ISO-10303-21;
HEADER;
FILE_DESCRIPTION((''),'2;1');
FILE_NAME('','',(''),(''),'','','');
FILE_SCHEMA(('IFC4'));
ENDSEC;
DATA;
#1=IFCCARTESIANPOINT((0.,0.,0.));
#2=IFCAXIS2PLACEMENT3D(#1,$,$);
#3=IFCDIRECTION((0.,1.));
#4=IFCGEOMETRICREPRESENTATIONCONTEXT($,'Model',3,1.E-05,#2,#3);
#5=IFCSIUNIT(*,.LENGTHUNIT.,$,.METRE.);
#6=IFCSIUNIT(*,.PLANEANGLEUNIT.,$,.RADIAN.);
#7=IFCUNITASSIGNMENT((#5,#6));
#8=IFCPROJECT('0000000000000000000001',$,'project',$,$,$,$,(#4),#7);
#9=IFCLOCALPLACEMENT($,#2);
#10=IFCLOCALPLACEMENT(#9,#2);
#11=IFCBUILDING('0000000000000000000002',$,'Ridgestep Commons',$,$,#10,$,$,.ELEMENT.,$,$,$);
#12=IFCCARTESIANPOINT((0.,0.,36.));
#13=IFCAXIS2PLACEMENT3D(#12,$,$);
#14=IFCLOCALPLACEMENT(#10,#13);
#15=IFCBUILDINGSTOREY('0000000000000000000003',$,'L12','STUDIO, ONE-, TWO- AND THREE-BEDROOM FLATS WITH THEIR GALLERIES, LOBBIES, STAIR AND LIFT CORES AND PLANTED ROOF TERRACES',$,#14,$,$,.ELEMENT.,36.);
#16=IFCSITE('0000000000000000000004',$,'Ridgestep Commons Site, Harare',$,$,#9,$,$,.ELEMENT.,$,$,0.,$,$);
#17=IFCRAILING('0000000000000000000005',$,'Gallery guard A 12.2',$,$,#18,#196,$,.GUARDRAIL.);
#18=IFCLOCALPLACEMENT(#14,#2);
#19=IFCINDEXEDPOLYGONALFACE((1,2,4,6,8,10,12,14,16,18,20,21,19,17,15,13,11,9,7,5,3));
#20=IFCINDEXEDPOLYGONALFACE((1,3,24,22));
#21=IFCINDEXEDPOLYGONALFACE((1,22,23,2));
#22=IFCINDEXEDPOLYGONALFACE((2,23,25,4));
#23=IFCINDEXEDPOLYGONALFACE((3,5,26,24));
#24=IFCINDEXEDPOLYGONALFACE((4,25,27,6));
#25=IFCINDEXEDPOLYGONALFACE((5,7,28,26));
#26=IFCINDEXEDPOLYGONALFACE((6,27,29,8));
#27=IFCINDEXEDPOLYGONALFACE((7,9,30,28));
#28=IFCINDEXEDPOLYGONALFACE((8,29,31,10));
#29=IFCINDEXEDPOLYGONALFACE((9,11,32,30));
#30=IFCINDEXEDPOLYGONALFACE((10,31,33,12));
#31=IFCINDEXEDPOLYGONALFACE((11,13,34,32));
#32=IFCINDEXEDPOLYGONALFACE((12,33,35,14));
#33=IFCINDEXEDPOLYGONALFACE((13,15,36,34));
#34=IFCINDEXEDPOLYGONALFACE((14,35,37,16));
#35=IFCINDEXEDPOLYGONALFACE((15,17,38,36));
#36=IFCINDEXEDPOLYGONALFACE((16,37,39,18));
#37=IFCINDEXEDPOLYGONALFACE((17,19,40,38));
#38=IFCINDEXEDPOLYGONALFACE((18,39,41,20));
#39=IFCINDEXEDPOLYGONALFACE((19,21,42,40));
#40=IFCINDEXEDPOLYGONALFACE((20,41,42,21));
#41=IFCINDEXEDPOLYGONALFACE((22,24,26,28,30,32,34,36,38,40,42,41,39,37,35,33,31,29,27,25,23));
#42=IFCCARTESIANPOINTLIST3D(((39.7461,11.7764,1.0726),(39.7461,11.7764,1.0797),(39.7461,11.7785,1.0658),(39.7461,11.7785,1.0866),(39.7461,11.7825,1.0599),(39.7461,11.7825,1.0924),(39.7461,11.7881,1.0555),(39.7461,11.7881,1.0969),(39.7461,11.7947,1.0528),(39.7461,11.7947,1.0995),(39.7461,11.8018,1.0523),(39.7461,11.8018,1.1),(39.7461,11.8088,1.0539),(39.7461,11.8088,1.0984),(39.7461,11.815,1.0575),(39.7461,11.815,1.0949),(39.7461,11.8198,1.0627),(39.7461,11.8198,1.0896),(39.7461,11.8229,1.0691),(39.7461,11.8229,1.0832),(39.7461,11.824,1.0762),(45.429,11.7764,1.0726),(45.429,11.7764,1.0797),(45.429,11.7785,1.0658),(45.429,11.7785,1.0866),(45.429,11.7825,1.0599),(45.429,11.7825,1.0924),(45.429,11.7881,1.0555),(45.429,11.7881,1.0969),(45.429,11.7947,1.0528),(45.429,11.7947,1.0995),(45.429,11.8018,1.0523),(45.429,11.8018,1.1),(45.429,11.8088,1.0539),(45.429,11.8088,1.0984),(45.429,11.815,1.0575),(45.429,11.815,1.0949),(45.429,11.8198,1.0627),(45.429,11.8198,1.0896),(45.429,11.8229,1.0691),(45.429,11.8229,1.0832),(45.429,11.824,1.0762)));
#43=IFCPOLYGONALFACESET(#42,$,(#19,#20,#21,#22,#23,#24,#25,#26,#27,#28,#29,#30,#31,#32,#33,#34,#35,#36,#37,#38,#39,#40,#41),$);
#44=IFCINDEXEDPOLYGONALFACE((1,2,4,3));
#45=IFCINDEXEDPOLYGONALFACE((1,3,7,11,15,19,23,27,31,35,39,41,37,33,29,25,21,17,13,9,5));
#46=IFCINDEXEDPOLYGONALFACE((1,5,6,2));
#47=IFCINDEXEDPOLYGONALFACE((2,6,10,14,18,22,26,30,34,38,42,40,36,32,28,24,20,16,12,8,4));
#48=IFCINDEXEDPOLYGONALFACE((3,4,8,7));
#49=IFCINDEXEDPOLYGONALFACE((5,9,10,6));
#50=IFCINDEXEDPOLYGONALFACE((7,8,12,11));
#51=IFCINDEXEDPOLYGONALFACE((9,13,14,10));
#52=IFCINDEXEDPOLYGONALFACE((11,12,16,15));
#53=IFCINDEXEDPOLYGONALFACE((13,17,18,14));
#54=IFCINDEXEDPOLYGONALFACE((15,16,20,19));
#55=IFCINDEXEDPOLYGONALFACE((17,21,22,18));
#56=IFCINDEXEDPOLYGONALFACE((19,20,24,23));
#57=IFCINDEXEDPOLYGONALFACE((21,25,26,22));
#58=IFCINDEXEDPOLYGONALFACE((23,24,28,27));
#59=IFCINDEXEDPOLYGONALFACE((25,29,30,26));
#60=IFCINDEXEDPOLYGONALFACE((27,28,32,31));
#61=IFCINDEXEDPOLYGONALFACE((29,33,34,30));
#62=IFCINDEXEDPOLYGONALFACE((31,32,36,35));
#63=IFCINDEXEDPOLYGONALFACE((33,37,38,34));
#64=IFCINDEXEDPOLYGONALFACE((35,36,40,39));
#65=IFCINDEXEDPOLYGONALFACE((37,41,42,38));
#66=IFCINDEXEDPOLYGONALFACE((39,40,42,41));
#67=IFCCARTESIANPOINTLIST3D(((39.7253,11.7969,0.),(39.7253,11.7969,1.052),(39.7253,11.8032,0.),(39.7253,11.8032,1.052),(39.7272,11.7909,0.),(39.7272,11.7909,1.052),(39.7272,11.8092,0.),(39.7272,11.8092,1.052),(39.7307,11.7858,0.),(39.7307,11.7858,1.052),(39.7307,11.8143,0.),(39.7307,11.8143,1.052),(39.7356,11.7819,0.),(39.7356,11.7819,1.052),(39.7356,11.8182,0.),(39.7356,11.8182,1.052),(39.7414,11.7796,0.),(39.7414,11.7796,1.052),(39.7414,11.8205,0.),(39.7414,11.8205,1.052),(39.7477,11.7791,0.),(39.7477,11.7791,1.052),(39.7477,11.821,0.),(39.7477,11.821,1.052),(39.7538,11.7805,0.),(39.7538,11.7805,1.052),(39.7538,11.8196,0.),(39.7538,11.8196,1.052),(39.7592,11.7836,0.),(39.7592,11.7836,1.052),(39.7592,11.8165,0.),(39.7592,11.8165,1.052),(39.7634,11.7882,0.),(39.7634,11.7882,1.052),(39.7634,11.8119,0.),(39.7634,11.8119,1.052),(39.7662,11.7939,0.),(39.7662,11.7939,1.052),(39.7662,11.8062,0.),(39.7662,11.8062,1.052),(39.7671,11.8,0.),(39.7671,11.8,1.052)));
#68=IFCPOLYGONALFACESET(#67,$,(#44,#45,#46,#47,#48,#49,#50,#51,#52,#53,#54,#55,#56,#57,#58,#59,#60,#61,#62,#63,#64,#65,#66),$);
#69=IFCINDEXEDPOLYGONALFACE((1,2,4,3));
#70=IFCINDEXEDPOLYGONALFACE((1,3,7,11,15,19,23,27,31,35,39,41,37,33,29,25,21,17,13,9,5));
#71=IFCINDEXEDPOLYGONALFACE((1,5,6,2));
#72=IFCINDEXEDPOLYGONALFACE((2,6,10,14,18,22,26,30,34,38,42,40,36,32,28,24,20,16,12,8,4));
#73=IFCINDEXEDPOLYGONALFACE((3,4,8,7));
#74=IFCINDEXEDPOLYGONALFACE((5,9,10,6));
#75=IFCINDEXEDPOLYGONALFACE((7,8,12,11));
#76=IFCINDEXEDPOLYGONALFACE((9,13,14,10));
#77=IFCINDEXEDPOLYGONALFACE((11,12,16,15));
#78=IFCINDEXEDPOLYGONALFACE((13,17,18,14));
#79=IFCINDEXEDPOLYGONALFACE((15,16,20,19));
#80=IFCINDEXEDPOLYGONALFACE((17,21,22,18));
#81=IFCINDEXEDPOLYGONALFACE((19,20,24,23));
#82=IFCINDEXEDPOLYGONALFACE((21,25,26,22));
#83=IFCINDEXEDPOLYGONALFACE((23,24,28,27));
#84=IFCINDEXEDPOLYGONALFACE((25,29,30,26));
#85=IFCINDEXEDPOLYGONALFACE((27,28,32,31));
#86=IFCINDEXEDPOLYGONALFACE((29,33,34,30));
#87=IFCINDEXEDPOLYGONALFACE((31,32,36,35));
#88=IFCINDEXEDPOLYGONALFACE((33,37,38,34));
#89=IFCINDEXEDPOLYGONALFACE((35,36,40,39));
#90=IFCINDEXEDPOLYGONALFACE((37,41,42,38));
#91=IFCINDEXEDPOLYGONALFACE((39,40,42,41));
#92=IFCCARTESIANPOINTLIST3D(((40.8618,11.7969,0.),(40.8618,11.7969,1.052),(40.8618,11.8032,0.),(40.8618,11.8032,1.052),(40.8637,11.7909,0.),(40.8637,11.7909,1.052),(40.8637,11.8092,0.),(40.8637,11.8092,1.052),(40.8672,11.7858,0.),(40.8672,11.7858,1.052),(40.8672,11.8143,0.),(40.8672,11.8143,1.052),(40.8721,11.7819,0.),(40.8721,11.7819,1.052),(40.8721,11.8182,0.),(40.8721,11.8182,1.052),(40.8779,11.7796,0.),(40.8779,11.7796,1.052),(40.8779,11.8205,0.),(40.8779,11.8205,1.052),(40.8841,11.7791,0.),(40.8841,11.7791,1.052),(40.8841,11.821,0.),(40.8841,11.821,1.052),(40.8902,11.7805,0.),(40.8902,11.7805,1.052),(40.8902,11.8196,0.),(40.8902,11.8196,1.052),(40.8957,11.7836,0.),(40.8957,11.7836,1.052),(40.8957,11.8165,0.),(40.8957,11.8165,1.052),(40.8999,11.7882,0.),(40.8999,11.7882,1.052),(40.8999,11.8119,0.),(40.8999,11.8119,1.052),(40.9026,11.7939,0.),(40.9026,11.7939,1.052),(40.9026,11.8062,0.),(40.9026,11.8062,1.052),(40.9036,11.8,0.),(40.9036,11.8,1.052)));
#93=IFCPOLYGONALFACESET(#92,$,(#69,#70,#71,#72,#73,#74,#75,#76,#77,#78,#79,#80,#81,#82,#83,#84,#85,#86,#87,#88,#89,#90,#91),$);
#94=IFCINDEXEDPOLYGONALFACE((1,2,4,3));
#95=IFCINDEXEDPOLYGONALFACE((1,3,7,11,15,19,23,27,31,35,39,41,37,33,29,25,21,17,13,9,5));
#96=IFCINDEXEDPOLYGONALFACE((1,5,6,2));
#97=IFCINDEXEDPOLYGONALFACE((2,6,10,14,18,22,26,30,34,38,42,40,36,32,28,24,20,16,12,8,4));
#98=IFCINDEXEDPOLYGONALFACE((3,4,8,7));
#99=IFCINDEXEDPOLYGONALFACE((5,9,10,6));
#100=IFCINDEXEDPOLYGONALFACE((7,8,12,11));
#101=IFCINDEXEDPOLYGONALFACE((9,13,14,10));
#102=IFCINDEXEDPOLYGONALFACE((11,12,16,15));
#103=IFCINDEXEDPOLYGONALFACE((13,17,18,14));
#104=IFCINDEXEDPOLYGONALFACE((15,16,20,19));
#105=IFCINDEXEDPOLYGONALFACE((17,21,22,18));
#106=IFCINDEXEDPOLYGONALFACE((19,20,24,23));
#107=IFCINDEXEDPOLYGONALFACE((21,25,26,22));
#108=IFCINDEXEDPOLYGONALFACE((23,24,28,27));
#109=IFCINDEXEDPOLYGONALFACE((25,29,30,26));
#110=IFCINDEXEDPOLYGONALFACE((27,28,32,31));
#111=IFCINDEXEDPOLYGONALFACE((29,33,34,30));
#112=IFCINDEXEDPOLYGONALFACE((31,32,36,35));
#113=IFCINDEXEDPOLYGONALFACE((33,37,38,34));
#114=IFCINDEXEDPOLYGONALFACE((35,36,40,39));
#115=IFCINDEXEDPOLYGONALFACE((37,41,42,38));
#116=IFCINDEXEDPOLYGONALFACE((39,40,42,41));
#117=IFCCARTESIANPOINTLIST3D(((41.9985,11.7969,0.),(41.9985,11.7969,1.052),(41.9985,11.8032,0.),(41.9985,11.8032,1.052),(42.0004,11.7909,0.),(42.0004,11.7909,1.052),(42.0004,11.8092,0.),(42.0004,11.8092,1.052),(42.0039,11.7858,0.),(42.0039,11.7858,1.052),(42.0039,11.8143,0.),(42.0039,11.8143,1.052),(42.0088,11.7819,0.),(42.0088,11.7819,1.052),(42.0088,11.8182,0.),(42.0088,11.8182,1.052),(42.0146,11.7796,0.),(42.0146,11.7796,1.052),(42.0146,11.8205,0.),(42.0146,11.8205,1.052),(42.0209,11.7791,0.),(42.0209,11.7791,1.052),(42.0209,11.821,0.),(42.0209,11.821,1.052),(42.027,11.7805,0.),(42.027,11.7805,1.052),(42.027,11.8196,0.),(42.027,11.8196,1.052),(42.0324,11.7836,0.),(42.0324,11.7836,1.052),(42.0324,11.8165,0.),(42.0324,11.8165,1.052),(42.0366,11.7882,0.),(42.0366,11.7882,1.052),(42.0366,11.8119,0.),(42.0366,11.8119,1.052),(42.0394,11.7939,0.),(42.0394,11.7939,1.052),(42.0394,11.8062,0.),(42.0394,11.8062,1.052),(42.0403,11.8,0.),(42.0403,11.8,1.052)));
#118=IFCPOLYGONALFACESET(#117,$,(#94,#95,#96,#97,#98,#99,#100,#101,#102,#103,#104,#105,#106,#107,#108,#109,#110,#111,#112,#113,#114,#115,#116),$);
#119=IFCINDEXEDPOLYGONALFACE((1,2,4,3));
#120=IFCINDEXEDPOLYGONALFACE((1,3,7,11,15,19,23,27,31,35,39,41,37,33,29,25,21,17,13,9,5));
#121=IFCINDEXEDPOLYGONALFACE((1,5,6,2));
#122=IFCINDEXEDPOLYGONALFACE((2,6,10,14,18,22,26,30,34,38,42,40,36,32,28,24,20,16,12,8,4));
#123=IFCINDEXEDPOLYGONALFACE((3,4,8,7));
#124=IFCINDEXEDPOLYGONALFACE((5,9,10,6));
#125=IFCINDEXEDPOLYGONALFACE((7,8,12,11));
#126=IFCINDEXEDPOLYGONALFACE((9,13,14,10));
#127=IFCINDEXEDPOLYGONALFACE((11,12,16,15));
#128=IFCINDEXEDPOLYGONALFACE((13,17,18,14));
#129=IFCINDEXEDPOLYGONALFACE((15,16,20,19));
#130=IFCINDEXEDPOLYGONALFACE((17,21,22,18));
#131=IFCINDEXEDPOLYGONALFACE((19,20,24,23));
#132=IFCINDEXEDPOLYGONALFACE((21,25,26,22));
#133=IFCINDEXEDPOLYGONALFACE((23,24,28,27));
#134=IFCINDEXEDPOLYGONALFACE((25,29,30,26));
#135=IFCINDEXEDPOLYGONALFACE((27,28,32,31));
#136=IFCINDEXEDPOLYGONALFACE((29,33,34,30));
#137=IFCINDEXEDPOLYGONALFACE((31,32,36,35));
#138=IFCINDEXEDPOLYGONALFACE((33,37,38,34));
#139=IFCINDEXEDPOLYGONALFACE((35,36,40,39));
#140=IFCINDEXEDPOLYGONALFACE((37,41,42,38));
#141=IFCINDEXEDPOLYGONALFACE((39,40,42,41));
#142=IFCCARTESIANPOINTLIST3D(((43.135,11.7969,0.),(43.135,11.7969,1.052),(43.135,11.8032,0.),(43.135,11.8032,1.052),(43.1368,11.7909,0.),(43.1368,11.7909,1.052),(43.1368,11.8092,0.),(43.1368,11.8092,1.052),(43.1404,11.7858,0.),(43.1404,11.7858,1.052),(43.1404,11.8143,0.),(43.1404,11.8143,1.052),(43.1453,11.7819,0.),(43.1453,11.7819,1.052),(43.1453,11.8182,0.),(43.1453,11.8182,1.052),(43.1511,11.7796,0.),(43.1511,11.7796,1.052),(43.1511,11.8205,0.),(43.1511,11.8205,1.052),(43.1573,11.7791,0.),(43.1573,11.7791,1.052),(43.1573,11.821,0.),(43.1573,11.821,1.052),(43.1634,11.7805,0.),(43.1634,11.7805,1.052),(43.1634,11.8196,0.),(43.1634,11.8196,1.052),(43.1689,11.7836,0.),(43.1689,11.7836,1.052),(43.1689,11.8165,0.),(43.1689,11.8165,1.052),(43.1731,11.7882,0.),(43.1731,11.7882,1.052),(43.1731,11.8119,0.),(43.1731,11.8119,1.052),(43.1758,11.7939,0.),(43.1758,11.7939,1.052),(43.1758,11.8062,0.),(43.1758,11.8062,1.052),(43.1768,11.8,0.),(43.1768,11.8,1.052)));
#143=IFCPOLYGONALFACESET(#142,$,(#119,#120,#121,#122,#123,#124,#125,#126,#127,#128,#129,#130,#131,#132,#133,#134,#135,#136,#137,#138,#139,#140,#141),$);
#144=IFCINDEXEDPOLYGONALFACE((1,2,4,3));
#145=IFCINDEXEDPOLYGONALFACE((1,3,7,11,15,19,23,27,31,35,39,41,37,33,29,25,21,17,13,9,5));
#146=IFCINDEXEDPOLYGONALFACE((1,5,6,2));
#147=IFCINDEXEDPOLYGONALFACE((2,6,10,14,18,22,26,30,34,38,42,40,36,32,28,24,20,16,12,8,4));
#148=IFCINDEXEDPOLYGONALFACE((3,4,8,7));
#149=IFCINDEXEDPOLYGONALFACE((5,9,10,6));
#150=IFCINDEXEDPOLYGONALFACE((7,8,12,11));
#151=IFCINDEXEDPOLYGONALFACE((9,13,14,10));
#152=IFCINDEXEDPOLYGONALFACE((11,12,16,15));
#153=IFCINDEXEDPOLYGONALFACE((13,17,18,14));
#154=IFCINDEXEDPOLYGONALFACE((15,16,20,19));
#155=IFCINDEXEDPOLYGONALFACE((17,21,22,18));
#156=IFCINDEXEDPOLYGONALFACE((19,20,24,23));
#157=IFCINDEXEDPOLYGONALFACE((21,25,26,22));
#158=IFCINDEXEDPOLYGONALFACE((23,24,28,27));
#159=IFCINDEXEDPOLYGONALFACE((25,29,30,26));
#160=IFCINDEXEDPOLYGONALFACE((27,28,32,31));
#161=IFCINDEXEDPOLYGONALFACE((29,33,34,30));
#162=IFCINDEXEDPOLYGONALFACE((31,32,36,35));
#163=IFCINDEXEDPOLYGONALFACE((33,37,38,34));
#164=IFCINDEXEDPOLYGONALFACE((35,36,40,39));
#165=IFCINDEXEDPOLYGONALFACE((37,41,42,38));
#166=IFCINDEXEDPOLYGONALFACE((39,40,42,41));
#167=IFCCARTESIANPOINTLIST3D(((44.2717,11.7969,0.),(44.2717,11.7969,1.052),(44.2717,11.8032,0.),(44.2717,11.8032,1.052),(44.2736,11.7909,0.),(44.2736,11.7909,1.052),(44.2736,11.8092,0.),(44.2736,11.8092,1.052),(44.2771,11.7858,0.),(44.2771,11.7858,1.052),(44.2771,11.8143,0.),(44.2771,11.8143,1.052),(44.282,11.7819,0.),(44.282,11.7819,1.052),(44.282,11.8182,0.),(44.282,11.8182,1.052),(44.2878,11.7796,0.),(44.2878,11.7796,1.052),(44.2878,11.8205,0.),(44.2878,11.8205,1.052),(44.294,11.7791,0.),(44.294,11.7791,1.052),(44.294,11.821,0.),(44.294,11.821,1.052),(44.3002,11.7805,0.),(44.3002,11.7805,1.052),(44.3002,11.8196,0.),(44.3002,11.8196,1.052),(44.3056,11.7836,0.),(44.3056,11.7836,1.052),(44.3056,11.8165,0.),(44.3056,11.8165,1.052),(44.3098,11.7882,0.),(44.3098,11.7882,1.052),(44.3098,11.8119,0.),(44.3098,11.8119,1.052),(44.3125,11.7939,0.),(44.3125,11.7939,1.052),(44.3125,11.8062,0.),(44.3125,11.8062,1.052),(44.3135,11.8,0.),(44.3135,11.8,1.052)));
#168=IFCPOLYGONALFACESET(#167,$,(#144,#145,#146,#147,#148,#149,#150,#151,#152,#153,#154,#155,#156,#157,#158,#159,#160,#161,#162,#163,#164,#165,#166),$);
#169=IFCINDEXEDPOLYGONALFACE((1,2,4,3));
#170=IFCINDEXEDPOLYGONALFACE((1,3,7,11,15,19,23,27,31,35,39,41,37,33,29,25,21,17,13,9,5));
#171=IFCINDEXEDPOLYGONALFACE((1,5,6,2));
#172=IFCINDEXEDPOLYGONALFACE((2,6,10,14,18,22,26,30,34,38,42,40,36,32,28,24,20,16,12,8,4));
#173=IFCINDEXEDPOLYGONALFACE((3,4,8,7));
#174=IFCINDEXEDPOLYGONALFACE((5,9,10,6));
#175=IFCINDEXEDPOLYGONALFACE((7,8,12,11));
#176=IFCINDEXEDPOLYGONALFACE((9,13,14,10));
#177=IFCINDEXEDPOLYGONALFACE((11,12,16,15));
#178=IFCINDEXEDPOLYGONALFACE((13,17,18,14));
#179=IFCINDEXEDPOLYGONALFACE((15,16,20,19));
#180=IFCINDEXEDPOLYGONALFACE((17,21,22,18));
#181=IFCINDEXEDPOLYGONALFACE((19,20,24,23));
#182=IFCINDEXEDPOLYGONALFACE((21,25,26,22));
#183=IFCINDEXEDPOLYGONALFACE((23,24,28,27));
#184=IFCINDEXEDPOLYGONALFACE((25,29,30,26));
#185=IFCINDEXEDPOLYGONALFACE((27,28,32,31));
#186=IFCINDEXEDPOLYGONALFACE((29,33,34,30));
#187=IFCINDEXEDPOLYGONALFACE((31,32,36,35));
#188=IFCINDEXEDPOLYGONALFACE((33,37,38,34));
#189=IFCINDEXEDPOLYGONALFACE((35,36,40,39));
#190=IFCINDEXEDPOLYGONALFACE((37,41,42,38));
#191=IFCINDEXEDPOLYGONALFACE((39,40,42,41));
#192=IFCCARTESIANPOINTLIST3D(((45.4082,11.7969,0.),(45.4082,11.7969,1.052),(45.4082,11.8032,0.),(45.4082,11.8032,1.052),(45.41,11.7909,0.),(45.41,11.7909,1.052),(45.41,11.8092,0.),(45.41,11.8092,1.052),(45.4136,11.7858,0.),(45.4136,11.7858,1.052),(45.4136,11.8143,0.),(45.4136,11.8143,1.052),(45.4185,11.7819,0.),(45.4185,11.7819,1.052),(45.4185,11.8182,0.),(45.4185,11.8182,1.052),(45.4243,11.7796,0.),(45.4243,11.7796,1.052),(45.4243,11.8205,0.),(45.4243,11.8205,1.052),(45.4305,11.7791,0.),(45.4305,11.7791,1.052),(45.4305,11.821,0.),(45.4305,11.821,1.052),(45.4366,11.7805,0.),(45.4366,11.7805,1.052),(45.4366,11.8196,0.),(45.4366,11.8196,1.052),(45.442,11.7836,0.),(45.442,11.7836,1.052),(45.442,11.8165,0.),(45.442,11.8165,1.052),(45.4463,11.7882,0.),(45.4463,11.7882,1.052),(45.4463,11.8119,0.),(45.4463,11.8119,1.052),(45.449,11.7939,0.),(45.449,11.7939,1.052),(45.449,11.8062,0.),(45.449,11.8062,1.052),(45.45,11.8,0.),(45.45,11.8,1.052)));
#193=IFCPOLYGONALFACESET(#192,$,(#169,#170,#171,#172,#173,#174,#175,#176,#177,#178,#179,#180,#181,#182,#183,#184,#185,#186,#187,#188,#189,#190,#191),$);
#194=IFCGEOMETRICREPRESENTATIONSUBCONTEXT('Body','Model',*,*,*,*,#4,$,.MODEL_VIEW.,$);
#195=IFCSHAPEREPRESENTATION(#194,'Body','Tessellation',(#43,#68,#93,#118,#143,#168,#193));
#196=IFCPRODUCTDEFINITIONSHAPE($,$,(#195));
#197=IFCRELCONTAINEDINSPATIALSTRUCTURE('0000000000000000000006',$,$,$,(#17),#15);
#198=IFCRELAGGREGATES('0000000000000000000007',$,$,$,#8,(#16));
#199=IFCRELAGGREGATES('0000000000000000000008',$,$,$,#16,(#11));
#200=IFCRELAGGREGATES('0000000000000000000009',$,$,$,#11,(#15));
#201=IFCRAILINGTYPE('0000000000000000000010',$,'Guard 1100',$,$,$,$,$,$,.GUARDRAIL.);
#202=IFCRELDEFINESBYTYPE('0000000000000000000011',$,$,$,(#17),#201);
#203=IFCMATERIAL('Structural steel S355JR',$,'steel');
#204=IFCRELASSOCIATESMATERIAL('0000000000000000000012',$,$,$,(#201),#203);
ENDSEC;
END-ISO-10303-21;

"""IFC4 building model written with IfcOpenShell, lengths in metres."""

from ifc_helpers import new_model, si_unit, direction, frame, origin, origin_2d, place, context, subcontext, project, spatial, circle, extrude, material, type_object, element, save


model = new_model("IFC4")

# Units and contexts
model_context = context("Model", 3, precision=1e-05, world=origin(), true_north=direction((0.0, 1.0)))
body_context = subcontext(model_context, "Body", "Model", "MODEL_VIEW")
ifc_project = project(units=[si_unit("LENGTHUNIT", "METRE"), si_unit("PLANEANGLEUNIT", "RADIAN")], contexts=[model_context])

# Site, building, storey
site_placement = place(None, origin())
site = spatial("IfcSite", under=ifc_project, at=site_placement, Name="Ridgestep Commons Site, Harare", CompositionType="ELEMENT", RefElevation=0.0)
building_placement = place(site_placement, origin())
building = spatial("IfcBuilding", under=site, at=building_placement, Name="Ridgestep Commons", CompositionType="ELEMENT")
storey_placement = place(building_placement, frame((0.0, 0.0, 36.0)))
storey = spatial("IfcBuildingStorey", under=building, at=storey_placement, Name="L12", Description="STUDIO, ONE-, TWO- AND THREE-BEDROOM FLATS WITH THEIR GALLERIES, LOBBIES, STAIR AND LIFT CORES AND PLANTED ROOF TERRACES", CompositionType="ELEMENT", Elevation=36.0)

# Railing
ifc_material_1 = material(Name="Structural steel S355JR", Category="steel")
railing_type_1 = type_object("IfcRailingType", Name="Guard 1100", PredefinedType="GUARDRAIL", material=ifc_material_1)
railing_1_placement = place(storey_placement, frame((39.7461, 11.8, 0.0)))
element("IfcRailing", 1, at=railing_1_placement, inside=storey, type_object=railing_type_1, Name="Gallery guard A 12.2", PredefinedType="GUARDRAIL", context=body_context, shape_type="SweptSolid", body=[
    extrude(circle(Radius=0.0239, at=origin_2d()), frame((0.0, 0.0, 1.0762), z_axis=(1.0, 0.0, 0.0), x_axis=(0.0, 1.0, 0.0)), (0.0, 0.0, 1.0), 5.6829),
    extrude(circle(Radius=0.021, at=origin_2d()), origin(), (0.0, 0.0, 1.0), 1.052),
    extrude(circle(Radius=0.021, at=origin_2d()), frame((1.1365, 0.0, 0.0)), (0.0, 0.0, 1.0), 1.052),
    extrude(circle(Radius=0.021, at=origin_2d()), frame((2.2732, 0.0, 0.0)), (0.0, 0.0, 1.0), 1.052),
    extrude(circle(Radius=0.021, at=origin_2d()), frame((3.4097, 0.0, 0.0)), (0.0, 0.0, 1.0), 1.052),
    extrude(circle(Radius=0.021, at=origin_2d()), frame((4.5464, 0.0, 0.0)), (0.0, 0.0, 1.0), 1.052),
    extrude(circle(Radius=0.021, at=origin_2d()), frame((5.6829, 0.0, 0.0)), (0.0, 0.0, 1.0), 1.052),
])

save(model, "model.ifc")
